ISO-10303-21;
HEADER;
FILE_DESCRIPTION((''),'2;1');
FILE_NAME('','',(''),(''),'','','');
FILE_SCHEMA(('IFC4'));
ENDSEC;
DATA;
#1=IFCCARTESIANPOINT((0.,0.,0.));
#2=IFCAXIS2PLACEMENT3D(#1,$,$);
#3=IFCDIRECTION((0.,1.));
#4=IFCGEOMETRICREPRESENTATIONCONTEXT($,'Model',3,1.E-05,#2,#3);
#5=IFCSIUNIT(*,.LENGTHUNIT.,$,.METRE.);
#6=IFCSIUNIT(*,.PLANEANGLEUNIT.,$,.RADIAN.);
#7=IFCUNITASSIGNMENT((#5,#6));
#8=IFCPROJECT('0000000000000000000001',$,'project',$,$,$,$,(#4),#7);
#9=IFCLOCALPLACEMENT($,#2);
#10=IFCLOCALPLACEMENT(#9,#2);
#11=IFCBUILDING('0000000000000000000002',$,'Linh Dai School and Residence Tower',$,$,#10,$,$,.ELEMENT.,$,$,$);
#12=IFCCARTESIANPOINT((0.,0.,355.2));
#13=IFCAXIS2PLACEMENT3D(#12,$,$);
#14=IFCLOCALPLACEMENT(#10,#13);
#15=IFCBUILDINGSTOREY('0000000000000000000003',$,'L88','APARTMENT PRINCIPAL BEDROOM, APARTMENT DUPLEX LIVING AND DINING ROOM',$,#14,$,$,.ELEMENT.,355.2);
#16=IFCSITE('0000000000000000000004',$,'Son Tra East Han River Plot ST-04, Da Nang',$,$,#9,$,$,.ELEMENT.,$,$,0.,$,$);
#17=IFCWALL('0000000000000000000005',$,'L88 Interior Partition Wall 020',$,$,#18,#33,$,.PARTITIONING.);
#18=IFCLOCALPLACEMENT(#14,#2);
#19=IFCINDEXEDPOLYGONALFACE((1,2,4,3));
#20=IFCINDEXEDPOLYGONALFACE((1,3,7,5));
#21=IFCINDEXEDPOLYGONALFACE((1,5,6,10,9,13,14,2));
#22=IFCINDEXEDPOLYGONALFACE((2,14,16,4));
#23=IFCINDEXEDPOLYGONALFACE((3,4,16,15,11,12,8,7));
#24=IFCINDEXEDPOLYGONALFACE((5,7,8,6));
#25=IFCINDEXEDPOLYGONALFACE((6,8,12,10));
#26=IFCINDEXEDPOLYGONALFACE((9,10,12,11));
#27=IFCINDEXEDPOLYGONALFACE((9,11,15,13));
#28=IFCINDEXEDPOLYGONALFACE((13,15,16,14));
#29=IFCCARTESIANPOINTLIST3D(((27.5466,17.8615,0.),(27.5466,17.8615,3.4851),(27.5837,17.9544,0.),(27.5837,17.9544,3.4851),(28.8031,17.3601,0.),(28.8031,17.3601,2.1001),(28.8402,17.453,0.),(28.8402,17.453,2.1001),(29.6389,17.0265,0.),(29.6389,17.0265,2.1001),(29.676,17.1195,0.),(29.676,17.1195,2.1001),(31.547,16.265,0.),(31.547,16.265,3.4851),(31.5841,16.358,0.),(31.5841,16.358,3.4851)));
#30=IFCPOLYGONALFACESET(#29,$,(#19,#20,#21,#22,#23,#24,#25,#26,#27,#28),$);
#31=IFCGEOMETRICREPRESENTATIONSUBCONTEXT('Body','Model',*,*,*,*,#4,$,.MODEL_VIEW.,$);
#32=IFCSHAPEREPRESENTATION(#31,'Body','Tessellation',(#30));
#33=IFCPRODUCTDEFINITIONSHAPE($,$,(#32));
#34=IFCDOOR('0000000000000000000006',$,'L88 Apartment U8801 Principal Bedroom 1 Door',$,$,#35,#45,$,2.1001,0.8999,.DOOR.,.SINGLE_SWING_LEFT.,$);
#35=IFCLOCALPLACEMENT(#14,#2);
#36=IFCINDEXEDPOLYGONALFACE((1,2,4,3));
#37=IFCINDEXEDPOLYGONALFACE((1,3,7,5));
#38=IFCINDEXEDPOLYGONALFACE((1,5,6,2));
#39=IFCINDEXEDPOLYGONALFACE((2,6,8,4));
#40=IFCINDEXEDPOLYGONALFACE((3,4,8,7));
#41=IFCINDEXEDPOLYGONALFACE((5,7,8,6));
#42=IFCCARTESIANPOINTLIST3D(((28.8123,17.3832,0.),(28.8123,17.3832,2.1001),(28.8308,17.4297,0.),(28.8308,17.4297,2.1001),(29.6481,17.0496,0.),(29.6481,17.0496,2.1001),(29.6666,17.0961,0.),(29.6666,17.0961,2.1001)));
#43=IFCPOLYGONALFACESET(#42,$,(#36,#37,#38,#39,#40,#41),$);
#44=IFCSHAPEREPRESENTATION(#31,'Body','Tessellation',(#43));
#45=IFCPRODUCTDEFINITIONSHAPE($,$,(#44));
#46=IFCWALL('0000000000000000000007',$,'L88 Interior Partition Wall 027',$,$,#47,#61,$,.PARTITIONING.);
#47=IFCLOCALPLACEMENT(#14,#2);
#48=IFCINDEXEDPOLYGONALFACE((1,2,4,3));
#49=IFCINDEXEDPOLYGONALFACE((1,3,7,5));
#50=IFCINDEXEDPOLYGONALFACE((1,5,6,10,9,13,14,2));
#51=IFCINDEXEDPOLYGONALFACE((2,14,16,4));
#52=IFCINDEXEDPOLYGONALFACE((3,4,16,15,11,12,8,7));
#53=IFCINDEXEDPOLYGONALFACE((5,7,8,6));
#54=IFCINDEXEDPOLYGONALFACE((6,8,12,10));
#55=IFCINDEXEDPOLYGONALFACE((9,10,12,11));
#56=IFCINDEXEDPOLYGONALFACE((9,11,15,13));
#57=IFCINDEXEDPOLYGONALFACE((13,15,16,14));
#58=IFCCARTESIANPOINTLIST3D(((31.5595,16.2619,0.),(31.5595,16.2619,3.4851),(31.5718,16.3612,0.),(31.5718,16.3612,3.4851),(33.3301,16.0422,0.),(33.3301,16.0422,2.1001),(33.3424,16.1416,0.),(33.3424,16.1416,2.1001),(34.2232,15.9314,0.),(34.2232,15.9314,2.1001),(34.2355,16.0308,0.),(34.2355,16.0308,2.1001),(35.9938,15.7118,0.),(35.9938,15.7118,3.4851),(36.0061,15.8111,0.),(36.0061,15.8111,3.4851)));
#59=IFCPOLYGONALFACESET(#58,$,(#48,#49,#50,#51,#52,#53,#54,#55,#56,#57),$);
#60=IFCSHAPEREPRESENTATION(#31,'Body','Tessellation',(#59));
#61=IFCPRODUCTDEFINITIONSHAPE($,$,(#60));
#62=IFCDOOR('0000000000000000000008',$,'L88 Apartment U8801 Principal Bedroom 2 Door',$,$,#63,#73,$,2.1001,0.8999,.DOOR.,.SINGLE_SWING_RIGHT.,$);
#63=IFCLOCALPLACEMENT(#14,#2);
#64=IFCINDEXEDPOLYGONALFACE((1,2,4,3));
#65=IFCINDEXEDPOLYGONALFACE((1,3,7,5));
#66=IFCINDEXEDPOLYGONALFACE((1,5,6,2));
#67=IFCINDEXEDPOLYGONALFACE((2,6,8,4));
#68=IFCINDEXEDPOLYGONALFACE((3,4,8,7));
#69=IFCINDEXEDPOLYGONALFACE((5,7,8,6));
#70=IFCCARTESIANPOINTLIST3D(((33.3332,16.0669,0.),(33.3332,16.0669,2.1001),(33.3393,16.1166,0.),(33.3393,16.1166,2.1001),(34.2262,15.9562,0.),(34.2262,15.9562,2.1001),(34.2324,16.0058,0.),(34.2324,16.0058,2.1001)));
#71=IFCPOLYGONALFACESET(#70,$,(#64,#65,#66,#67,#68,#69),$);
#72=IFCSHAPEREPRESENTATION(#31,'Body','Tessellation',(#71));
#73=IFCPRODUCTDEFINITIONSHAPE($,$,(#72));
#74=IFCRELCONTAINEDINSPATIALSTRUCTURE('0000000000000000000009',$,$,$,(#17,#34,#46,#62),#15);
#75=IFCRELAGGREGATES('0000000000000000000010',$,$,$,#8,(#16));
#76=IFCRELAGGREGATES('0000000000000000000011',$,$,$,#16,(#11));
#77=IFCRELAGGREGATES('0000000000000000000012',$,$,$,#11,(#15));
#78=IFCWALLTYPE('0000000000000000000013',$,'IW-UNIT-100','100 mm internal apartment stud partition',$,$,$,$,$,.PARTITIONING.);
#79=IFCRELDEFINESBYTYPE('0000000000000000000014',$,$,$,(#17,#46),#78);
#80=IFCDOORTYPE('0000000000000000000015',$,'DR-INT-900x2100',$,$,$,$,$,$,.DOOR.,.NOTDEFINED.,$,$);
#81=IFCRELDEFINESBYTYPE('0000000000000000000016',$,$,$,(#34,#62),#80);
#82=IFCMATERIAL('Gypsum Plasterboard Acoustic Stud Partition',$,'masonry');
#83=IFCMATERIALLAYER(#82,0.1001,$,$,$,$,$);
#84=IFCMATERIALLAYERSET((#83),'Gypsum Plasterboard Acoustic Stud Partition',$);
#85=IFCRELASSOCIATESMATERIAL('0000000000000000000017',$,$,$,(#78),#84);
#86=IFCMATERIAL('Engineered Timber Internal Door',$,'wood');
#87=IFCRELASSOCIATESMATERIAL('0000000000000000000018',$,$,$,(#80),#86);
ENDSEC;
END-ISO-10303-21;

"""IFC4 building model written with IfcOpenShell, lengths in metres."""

from ifc_helpers import new_model, si_unit, direction, frame, frame_2d, origin, origin_2d, place, context, subcontext, project, spatial, rectangle, extrude, source, transform, mapped, material, layer, layer_set, type_object, element, fill, save


model = new_model("IFC4")

# Units and contexts
model_context = context("Model", 3, precision=1e-05, world=origin(), true_north=direction((0.0, 1.0)))
body_context = subcontext(model_context, "Body", "Model", "MODEL_VIEW")
ifc_project = project(units=[si_unit("LENGTHUNIT", "METRE"), si_unit("PLANEANGLEUNIT", "RADIAN")], contexts=[model_context])

# Site, building, storey
site_placement = place(None, origin())
site = spatial("IfcSite", under=ifc_project, at=site_placement, Name="Son Tra East Han River Plot ST-04, Da Nang", CompositionType="ELEMENT", RefElevation=0.0)
building_placement = place(site_placement, origin())
building = spatial("IfcBuilding", under=site, at=building_placement, Name="Linh Dai School and Residence Tower", CompositionType="ELEMENT")
storey_placement = place(building_placement, frame((0.0, 0.0, 355.2)))
storey = spatial("IfcBuildingStorey", under=building, at=storey_placement, Name="L88", Description="APARTMENT PRINCIPAL BEDROOM, APARTMENT DUPLEX LIVING AND DINING ROOM", CompositionType="ELEMENT", Elevation=355.2)

# Shared definitions
ifc_material_1 = material(Name="Gypsum Plasterboard Acoustic Stud Partition", Category="masonry")
ifc_layer_1 = layer(ifc_material_1, 0.1001)
ifc_layer_set_1 = layer_set([ifc_layer_1], Name="Gypsum Plasterboard Acoustic Stud Partition")
wall_type_1 = type_object("IfcWallType", Name="IW-UNIT-100", Description="100 mm internal apartment stud partition", PredefinedType="PARTITIONING", material=ifc_layer_set_1)

# Walls, openings, doors
wall_1_placement = place(storey_placement, frame((27.5652, 17.908, 0.0), z_axis=(0.0, 0.0, 1.0), x_axis=(0.92877, -0.370658, 0.0)))
wall_1 = element("IfcWall", 1, at=wall_1_placement, inside=storey, type_object=wall_type_1, Name="L88 Interior Partition Wall 020", PredefinedType="PARTITIONING", context=body_context, shape_type="SweptSolid", body=[
    extrude(rectangle(XDim=4.3071, YDim=0.1001, at=frame_2d((2.1536, 0.0))), origin(), (0.0, 0.0, 1.0), 3.4851),
])
opening_1_placement = place(wall_1_placement, frame((1.3528, 0.0, 0.0)))
opening_1 = element("IfcOpeningElement", 2, at=opening_1_placement, cuts=wall_1, PredefinedType="OPENING", context=body_context, shape_type="SweptSolid", body=[
    extrude(rectangle(XDim=0.8999, YDim=2.1001, at=origin_2d()), frame((0.45, 0.0601, 1.05), z_axis=(0.0, -1.0, 0.0), x_axis=(1.0, 0.0, 0.0)), (0.0, 0.0, 1.0), 0.1201),
])
ifc_material_2 = material(Name="Engineered Timber Internal Door", Category="wood")
door_type_1 = type_object("IfcDoorType", Name="DR-INT-900x2100", OperationType="NOTDEFINED", PredefinedType="DOOR", material=ifc_material_2)
shared_shape_1 = source(origin(), body_context, "Body", "SweptSolid", [
    extrude(rectangle(XDim=0.8999, YDim=2.1001, at=origin_2d()), frame((0.45, 0.0249, 1.05), z_axis=(0.0, -1.0, 0.0), x_axis=(1.0, 0.0, 0.0)), (0.0, 0.0, 1.0), 0.05),
])
door_1_placement = place(opening_1_placement, origin())
door_1 = element("IfcDoor", 3, at=door_1_placement, inside=storey, type_object=door_type_1, Name="L88 Apartment U8801 Principal Bedroom 1 Door", OperationType="SINGLE_SWING_LEFT", OverallHeight=2.1001, OverallWidth=0.8999, PredefinedType="DOOR", context=body_context, shape_type="MappedRepresentation", body=[
    mapped(shared_shape_1, transform((0.0, 0.0, 0.0), x_axis=(1.0, 0.0, 0.0), y_axis=(0.0, 1.0, 0.0), z_axis=(0.0, 0.0, 1.0), scale=1.0)),
])
fill(opening_1, door_1)
wall_2_placement = place(storey_placement, frame((31.5657, 16.3115, 0.0), z_axis=(0.0, 0.0, 1.0), x_axis=(0.992394, -0.1231, 0.0)))
wall_2 = element("IfcWall", 4, at=wall_2_placement, inside=storey, type_object=wall_type_1, Name="L88 Interior Partition Wall 027", PredefinedType="PARTITIONING", context=body_context, shape_type="SweptSolid", body=[
    extrude(rectangle(XDim=4.4683, YDim=0.1001, at=frame_2d((2.2341, 0.0))), origin(), (0.0, 0.0, 1.0), 3.4851),
])
opening_2_placement = place(wall_2_placement, frame((1.7842, 0.0, 0.0)))
opening_2 = element("IfcOpeningElement", 5, at=opening_2_placement, cuts=wall_2, PredefinedType="OPENING", context=body_context, shape_type="SweptSolid", body=[
    extrude(rectangle(XDim=0.8999, YDim=2.1001, at=origin_2d()), frame((0.45, 0.0601, 1.05), z_axis=(0.0, -1.0, 0.0), x_axis=(1.0, 0.0, 0.0)), (0.0, 0.0, 1.0), 0.1201),
])
door_2_placement = place(opening_2_placement, origin())
door_2 = element("IfcDoor", 6, at=door_2_placement, inside=storey, type_object=door_type_1, Name="L88 Apartment U8801 Principal Bedroom 2 Door", OperationType="SINGLE_SWING_RIGHT", OverallHeight=2.1001, OverallWidth=0.8999, PredefinedType="DOOR", context=body_context, shape_type="MappedRepresentation", body=[
    mapped(shared_shape_1, transform((0.0, 0.0, 0.0), x_axis=(1.0, 0.0, 0.0), y_axis=(0.0, 1.0, 0.0), z_axis=(0.0, 0.0, 1.0), scale=1.0)),
])
fill(opening_2, door_2)

save(model, "model.ifc")
